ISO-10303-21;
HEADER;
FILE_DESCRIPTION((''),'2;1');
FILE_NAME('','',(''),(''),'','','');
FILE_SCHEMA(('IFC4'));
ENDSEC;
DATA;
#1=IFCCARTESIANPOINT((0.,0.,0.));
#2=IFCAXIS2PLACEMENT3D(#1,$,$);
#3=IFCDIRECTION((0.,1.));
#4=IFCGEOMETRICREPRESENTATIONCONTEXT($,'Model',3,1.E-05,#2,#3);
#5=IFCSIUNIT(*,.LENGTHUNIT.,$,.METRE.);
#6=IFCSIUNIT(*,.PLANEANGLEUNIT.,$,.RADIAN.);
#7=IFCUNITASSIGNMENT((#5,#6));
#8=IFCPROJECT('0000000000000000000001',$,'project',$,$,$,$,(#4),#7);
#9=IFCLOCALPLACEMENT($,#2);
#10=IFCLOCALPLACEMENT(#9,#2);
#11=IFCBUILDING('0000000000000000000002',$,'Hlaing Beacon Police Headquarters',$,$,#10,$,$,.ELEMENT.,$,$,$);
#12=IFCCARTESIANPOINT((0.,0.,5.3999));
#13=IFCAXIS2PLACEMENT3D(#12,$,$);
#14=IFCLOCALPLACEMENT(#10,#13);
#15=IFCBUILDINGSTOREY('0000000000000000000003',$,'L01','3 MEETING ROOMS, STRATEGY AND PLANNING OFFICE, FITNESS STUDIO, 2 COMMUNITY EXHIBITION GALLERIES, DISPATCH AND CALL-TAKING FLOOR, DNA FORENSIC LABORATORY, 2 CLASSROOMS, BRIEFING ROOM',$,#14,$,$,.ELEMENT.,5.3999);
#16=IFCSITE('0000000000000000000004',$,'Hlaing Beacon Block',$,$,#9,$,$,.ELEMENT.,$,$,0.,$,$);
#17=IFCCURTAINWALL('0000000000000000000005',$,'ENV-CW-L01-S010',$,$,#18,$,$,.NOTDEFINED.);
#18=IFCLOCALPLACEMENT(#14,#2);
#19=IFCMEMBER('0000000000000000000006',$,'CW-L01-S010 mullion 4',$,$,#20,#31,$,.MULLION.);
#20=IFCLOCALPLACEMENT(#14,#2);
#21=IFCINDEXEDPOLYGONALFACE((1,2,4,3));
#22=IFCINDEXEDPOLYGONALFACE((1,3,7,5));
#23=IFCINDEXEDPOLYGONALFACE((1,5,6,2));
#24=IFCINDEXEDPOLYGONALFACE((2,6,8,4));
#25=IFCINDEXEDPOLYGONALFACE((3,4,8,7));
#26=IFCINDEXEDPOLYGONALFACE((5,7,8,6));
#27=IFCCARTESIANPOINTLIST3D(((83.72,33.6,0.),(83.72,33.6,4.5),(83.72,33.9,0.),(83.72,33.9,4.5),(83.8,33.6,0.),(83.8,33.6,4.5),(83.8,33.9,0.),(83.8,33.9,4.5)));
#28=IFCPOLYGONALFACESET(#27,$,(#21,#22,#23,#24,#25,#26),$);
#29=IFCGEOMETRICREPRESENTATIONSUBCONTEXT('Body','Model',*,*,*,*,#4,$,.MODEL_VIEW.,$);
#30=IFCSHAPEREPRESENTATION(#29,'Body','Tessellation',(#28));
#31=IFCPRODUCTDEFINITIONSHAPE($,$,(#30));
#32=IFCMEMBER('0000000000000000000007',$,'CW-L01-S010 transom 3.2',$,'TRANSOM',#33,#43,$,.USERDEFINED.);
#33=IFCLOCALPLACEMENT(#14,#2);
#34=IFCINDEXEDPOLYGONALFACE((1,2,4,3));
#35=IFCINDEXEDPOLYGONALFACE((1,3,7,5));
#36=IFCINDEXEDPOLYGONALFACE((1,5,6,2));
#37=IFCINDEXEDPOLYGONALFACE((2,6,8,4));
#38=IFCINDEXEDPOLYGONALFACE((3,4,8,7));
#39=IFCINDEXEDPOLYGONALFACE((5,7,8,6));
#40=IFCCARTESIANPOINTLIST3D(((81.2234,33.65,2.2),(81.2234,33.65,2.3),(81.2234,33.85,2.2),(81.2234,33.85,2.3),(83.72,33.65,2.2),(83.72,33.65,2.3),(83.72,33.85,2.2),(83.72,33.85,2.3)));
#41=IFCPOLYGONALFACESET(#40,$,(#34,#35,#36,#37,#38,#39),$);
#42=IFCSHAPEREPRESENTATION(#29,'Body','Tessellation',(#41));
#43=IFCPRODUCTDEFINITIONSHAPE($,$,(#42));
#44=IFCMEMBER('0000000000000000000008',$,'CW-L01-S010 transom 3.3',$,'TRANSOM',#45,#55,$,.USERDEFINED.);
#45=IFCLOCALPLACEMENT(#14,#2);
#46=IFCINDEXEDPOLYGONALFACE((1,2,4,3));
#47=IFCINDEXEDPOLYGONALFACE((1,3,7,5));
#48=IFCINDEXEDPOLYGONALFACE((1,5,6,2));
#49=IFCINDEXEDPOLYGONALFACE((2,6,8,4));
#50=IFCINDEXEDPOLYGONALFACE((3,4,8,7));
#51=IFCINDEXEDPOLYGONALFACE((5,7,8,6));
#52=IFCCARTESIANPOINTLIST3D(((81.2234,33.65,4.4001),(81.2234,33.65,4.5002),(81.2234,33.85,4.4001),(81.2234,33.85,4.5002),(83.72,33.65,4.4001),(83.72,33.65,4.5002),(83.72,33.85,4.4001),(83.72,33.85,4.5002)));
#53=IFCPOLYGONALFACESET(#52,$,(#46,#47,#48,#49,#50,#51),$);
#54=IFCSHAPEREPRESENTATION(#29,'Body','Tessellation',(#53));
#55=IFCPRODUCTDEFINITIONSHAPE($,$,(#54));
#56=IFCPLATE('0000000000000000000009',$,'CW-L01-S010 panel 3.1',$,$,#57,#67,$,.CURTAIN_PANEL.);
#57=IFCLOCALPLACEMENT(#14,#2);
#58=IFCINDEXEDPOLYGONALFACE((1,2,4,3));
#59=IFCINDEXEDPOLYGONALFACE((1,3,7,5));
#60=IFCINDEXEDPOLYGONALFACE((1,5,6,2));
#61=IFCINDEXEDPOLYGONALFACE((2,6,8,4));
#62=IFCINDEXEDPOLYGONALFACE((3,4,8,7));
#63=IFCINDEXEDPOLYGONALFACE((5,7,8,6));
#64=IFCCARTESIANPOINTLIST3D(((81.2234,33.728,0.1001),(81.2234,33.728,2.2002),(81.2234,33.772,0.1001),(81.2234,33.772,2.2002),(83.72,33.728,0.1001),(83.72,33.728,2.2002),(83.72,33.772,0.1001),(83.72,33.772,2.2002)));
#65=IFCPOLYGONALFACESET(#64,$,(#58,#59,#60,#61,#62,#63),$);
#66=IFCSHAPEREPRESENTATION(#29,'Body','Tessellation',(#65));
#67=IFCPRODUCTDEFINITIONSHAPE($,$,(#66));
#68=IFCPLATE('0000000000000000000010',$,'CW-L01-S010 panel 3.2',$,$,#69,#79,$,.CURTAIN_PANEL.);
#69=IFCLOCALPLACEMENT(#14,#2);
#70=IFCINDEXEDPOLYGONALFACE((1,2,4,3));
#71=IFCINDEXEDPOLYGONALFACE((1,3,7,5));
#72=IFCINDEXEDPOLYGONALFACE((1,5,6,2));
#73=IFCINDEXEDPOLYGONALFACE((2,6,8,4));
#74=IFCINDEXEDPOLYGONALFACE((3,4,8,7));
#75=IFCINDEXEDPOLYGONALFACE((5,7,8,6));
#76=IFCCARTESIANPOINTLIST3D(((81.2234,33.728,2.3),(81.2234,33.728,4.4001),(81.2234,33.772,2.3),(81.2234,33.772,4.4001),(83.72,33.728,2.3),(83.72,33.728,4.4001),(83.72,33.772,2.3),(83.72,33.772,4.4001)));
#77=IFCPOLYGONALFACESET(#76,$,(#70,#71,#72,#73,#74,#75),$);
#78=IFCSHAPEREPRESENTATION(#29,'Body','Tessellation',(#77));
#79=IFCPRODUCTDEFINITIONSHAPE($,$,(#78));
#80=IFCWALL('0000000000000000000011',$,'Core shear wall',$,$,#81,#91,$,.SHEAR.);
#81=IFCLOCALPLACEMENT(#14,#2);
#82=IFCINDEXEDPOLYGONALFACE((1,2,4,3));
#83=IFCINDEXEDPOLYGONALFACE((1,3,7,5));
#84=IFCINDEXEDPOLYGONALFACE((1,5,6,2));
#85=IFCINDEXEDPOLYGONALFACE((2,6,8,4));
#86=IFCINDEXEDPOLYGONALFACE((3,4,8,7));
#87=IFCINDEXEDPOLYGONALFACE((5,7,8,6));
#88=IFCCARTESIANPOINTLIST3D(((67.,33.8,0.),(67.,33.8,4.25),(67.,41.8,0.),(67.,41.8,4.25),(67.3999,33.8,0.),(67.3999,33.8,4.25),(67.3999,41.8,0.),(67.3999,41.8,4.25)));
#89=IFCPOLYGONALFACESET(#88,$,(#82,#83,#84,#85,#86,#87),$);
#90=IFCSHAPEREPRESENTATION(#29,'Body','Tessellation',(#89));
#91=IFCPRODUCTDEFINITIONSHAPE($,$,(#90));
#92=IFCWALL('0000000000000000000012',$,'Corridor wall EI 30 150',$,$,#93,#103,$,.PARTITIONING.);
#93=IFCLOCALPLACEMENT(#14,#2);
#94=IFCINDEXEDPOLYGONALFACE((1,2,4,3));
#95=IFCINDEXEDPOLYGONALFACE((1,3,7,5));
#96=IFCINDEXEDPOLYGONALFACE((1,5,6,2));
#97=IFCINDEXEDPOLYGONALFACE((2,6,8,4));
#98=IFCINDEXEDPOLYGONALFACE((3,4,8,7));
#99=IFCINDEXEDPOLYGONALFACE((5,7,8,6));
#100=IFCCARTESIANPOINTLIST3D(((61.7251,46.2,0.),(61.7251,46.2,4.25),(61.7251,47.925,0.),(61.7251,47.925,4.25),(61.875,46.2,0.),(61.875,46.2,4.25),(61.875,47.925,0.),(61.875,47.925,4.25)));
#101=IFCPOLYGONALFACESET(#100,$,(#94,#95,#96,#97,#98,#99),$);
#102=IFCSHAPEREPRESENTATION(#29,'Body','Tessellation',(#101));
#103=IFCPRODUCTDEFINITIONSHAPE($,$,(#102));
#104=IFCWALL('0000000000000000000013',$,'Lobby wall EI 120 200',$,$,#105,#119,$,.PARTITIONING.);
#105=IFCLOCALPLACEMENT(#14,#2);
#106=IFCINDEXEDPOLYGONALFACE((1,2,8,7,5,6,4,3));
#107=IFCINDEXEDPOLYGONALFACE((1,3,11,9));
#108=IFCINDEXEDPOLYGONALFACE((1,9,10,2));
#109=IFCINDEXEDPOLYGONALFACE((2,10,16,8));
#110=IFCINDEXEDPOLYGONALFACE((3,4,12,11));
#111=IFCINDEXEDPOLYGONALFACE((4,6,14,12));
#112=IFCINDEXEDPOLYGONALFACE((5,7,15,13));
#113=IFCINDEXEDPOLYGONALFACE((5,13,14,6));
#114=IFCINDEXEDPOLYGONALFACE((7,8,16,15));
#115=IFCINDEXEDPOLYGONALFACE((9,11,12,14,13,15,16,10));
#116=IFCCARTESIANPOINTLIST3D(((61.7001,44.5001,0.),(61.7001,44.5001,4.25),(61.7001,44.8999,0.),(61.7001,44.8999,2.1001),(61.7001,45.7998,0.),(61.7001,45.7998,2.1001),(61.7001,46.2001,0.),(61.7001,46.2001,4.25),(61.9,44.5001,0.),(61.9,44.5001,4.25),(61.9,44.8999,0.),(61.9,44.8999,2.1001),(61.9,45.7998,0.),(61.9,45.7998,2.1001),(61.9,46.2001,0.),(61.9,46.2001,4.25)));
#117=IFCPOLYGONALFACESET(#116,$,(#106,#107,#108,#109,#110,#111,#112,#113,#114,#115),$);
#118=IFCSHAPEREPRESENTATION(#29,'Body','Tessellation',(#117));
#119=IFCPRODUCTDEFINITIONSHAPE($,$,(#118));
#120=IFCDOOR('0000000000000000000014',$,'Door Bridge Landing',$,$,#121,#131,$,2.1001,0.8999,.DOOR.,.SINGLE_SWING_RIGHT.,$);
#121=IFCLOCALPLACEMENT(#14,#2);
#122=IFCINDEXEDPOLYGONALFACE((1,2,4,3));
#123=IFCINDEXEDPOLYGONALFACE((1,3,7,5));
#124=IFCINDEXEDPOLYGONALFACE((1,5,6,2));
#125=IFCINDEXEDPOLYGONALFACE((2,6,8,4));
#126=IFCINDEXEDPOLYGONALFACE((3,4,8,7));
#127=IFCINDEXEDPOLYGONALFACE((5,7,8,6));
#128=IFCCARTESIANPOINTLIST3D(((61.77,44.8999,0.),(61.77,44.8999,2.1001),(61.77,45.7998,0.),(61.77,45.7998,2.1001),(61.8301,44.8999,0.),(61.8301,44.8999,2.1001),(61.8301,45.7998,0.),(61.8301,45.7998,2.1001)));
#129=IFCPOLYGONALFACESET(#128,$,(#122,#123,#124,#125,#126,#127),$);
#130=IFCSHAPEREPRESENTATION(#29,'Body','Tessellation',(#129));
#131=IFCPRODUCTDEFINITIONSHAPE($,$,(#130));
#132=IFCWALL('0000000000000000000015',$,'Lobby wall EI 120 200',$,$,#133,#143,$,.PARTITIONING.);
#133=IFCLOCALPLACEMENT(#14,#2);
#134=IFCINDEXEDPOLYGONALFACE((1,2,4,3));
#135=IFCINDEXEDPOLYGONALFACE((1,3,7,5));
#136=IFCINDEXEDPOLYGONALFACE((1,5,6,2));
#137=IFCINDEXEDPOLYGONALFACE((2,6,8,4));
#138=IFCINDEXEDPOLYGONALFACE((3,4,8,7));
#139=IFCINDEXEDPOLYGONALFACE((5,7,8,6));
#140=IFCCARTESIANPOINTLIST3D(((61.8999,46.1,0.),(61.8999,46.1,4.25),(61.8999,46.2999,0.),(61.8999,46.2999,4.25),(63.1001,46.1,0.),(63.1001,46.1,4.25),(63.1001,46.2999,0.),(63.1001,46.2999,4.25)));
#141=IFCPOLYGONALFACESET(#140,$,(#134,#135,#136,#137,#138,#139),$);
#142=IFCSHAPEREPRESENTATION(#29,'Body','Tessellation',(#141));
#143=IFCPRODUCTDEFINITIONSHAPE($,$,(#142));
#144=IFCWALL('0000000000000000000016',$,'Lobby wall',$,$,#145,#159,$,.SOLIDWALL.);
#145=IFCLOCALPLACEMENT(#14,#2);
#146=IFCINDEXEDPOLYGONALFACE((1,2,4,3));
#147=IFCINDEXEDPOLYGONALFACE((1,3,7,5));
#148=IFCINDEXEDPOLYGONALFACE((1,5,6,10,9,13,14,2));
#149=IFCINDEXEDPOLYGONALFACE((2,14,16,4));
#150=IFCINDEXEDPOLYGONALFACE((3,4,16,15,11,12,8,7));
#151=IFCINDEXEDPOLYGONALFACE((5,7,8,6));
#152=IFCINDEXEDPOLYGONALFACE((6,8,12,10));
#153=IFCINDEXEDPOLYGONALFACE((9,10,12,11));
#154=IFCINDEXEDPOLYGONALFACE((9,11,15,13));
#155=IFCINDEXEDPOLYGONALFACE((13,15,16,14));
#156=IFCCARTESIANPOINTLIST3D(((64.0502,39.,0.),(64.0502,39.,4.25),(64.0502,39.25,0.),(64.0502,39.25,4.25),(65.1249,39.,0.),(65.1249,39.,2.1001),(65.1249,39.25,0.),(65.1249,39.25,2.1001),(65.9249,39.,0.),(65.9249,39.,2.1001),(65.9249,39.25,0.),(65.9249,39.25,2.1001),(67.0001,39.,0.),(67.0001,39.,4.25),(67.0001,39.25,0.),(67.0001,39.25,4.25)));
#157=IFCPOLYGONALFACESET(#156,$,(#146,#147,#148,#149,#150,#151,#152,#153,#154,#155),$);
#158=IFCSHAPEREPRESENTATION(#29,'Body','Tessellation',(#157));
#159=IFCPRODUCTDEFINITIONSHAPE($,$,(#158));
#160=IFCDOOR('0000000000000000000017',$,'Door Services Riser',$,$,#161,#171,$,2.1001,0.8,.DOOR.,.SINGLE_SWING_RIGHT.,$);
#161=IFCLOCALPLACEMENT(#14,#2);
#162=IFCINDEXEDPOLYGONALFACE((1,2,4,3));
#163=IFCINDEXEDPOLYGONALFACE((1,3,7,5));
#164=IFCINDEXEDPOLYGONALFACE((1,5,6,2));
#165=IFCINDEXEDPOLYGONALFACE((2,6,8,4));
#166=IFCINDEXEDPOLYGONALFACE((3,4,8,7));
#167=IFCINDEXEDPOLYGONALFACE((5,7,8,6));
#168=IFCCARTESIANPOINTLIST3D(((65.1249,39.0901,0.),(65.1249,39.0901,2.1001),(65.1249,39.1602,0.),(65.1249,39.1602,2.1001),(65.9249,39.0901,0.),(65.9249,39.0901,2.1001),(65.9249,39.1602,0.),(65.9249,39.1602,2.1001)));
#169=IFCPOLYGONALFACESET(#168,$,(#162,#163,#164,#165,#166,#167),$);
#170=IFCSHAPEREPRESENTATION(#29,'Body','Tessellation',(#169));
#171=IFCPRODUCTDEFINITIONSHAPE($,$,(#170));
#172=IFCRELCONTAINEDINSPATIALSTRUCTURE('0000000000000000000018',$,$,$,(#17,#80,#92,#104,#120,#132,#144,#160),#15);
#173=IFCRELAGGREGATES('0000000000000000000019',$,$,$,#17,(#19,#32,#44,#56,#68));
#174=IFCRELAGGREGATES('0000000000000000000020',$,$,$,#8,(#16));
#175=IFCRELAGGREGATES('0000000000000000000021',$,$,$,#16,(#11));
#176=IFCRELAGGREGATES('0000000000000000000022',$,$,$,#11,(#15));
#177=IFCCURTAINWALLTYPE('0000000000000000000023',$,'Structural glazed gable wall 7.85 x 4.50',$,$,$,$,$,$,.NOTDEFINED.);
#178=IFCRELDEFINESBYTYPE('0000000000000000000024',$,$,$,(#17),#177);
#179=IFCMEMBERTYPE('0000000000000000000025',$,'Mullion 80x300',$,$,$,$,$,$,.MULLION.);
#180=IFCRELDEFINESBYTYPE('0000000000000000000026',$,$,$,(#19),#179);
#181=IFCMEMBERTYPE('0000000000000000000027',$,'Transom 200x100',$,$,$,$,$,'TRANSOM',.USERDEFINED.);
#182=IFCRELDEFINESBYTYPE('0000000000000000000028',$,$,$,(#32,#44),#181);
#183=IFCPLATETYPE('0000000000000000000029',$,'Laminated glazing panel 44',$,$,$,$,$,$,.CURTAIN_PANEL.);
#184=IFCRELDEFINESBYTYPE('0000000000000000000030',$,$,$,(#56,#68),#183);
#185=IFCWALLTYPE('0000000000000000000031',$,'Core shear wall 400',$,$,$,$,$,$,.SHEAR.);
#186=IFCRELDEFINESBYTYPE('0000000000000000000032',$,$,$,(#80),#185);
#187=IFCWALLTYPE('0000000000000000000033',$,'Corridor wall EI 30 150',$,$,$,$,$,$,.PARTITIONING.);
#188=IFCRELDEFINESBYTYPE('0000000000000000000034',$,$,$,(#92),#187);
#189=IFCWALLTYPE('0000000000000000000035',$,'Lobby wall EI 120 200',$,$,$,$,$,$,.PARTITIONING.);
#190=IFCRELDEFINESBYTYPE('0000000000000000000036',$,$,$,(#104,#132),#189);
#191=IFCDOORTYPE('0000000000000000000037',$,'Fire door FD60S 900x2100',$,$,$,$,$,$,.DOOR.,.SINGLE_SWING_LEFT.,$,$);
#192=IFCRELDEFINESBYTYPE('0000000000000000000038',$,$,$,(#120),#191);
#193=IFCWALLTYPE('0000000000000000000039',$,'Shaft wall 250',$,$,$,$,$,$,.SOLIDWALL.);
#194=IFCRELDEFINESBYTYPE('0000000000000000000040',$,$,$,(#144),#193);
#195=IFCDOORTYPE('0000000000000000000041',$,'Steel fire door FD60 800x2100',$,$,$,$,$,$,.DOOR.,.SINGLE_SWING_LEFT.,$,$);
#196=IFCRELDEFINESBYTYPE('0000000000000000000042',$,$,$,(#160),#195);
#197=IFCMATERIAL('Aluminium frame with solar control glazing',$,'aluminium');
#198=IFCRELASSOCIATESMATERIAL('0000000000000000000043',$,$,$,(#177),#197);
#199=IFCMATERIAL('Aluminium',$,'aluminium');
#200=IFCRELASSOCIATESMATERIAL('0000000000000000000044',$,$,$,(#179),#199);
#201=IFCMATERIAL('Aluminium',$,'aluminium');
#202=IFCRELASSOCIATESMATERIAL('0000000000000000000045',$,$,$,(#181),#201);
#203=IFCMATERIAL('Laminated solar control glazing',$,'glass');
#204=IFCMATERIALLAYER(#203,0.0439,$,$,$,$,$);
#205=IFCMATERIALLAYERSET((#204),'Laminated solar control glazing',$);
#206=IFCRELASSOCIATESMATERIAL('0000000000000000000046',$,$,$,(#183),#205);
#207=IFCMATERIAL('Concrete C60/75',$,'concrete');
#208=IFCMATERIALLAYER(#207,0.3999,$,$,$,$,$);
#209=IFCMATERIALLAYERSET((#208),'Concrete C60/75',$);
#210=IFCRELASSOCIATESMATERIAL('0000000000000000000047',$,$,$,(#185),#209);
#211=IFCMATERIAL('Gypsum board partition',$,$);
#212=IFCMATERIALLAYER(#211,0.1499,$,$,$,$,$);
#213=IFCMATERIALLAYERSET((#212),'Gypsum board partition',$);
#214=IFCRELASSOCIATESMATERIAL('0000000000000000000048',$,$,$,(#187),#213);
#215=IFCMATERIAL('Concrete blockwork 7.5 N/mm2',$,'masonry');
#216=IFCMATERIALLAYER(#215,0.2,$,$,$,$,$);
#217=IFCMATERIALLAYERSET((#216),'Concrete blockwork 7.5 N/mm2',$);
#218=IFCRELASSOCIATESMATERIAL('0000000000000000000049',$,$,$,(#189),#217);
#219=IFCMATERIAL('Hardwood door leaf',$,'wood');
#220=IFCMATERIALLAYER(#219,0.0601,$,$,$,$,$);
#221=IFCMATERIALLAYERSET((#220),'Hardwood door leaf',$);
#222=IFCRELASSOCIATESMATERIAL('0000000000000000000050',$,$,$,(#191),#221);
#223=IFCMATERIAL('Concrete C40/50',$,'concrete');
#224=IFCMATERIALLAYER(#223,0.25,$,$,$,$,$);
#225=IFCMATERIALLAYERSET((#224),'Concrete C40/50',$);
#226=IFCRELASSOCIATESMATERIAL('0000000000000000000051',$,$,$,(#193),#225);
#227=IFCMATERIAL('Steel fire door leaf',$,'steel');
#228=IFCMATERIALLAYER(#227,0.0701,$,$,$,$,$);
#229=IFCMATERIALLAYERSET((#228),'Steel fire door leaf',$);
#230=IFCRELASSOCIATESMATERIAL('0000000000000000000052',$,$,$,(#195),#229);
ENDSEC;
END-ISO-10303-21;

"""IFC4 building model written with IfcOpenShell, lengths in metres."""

from ifc_helpers import new_model, si_unit, direction, frame, frame_2d, origin, origin_2d, place, context, subcontext, project, spatial, rectangle, extrude, material, layer, layer_set, material_profile, profile_set, type_object, element, fill, aggregate, save


model = new_model("IFC4")

# Units and contexts
model_context = context("Model", 3, precision=1e-05, world=origin(), true_north=direction((0.0, 1.0)))
body_context = subcontext(model_context, "Body", "Model", "MODEL_VIEW")
ifc_project = project(units=[si_unit("LENGTHUNIT", "METRE"), si_unit("PLANEANGLEUNIT", "RADIAN")], contexts=[model_context])

# Site, building, storey
site_placement = place(None, origin())
site = spatial("IfcSite", under=ifc_project, at=site_placement, Name="Hlaing Beacon Block", CompositionType="ELEMENT", RefElevation=0.0)
building_placement = place(site_placement, origin())
building = spatial("IfcBuilding", under=site, at=building_placement, Name="Hlaing Beacon Police Headquarters", CompositionType="ELEMENT")
storey_placement = place(building_placement, frame((0.0, 0.0, 5.3999)))
storey = spatial("IfcBuildingStorey", under=building, at=storey_placement, Name="L01", Description="3 MEETING ROOMS, STRATEGY AND PLANNING OFFICE, FITNESS STUDIO, 2 COMMUNITY EXHIBITION GALLERIES, DISPATCH AND CALL-TAKING FLOOR, DNA FORENSIC LABORATORY, 2 CLASSROOMS, BRIEFING ROOM", CompositionType="ELEMENT", Elevation=5.3999)

# Curtain wall, members, plates
ifc_material_1 = material(Name="Aluminium frame with solar control glazing", Category="aluminium")
curtain_wall_type = type_object("IfcCurtainWallType", Name="Structural glazed gable wall 7.85 x 4.50", PredefinedType="NOTDEFINED", material=ifc_material_1)
curtain_wall_placement = place(storey_placement, origin())
curtain_wall = element("IfcCurtainWall", 1, at=curtain_wall_placement, inside=storey, type_object=curtain_wall_type, Name="ENV-CW-L01-S010", PredefinedType="NOTDEFINED")
ifc_material_2 = material(Name="Aluminium", Category="aluminium")
ifc_material_profile_1 = material_profile(ifc_material_2, rectangle(XDim=0.3, YDim=0.0801, at=origin_2d()), Name="Mullion 80x300")
ifc_profile_set_1 = profile_set([ifc_material_profile_1], Name="Aluminium")
member_type_1 = type_object("IfcMemberType", Name="Mullion 80x300", PredefinedType="MULLION", material=ifc_profile_set_1)
member_1_placement = place(storey_placement, frame((83.76, 33.75, 0.0), z_axis=(0.0, 0.0, 1.0), x_axis=(0.0, 1.0, 0.0)))
member_1 = element("IfcMember", 2, at=member_1_placement, type_object=member_type_1, Name="CW-L01-S010 mullion 4", PredefinedType="MULLION", context=body_context, shape_type="SweptSolid", body=[
    extrude(rectangle(XDim=0.3, YDim=0.0801, at=origin_2d()), origin(), (0.0, 0.0, 1.0), 4.5),
])
ifc_material_3 = material(Name="Aluminium", Category="aluminium")
ifc_material_profile_2 = material_profile(ifc_material_3, rectangle(XDim=0.2, YDim=0.1001, at=origin_2d()), Name="Transom 200x100")
ifc_profile_set_2 = profile_set([ifc_material_profile_2], Name="Aluminium")
member_type_2 = type_object("IfcMemberType", Name="Transom 200x100", ElementType="TRANSOM", PredefinedType="USERDEFINED", material=ifc_profile_set_2)
member_2_placement = place(storey_placement, frame((81.2234, 33.75, 2.25), z_axis=(1.0, 0.0, 0.0), x_axis=(0.0, 1.0, 0.0)))
member_2 = element("IfcMember", 3, at=member_2_placement, type_object=member_type_2, Name="CW-L01-S010 transom 3.2", ObjectType="TRANSOM", PredefinedType="USERDEFINED", context=body_context, shape_type="SweptSolid", body=[
    extrude(rectangle(XDim=0.2, YDim=0.1001, at=origin_2d()), origin(), (0.0, 0.0, 1.0), 2.4966),
])
member_3_placement = place(storey_placement, frame((81.2234, 33.75, 4.4502), z_axis=(1.0, 0.0, 0.0), x_axis=(0.0, 1.0, 0.0)))
member_3 = element("IfcMember", 4, at=member_3_placement, type_object=member_type_2, Name="CW-L01-S010 transom 3.3", ObjectType="TRANSOM", PredefinedType="USERDEFINED", context=body_context, shape_type="SweptSolid", body=[
    extrude(rectangle(XDim=0.2, YDim=0.1001, at=origin_2d()), origin(), (0.0, 0.0, 1.0), 2.4966),
])
ifc_material_4 = material(Name="Laminated solar control glazing", Category="glass")
ifc_layer_1 = layer(ifc_material_4, 0.0439)
ifc_layer_set_1 = layer_set([ifc_layer_1], Name="Laminated solar control glazing")
plate_type = type_object("IfcPlateType", Name="Laminated glazing panel 44", PredefinedType="CURTAIN_PANEL", material=ifc_layer_set_1)
plate_1_placement = place(storey_placement, frame((82.4717, 33.75, 0.1001), z_axis=(0.0, 0.0, 1.0), x_axis=(1.0, 0.0, 0.0)))
plate_1 = element("IfcPlate", 5, at=plate_1_placement, type_object=plate_type, Name="CW-L01-S010 panel 3.1", PredefinedType="CURTAIN_PANEL", context=body_context, shape_type="SweptSolid", body=[
    extrude(rectangle(XDim=2.4966, YDim=0.0439, at=origin_2d()), origin(), (0.0, 0.0, 1.0), 2.1001),
])
plate_2_placement = place(storey_placement, frame((82.4717, 33.75, 2.3), z_axis=(0.0, 0.0, 1.0), x_axis=(1.0, 0.0, 0.0)))
plate_2 = element("IfcPlate", 6, at=plate_2_placement, type_object=plate_type, Name="CW-L01-S010 panel 3.2", PredefinedType="CURTAIN_PANEL", context=body_context, shape_type="SweptSolid", body=[
    extrude(rectangle(XDim=2.4966, YDim=0.0439, at=origin_2d()), origin(), (0.0, 0.0, 1.0), 2.1001),
])
aggregate(curtain_wall, [member_1, member_2, member_3, plate_1, plate_2])

# Walls
ifc_material_5 = material(Name="Concrete C60/75", Category="concrete")
ifc_layer_2 = layer(ifc_material_5, 0.3999)
ifc_layer_set_2 = layer_set([ifc_layer_2], Name="Concrete C60/75")
wall_type_1 = type_object("IfcWallType", Name="Core shear wall 400", PredefinedType="SHEAR", material=ifc_layer_set_2)
wall_1_placement = place(storey_placement, frame((67.2, 33.8, 0.0), z_axis=(0.0, 0.0, 1.0), x_axis=(0.0, 1.0, 0.0)))
element("IfcWall", 7, at=wall_1_placement, inside=storey, type_object=wall_type_1, Name="Core shear wall", PredefinedType="SHEAR", context=body_context, shape_type="SweptSolid", body=[
    extrude(rectangle(XDim=8.0, YDim=0.3999, at=frame_2d((4.0, 0.0))), origin(), (0.0, 0.0, 1.0), 4.25),
])
ifc_material_6 = material(Name="Gypsum board partition")
ifc_layer_3 = layer(ifc_material_6, 0.1499)
ifc_layer_set_3 = layer_set([ifc_layer_3], Name="Gypsum board partition")
wall_type_2 = type_object("IfcWallType", Name="Corridor wall EI 30 150", PredefinedType="PARTITIONING", material=ifc_layer_set_3)
wall_2_placement = place(storey_placement, frame((61.8, 46.2, 0.0), z_axis=(0.0, 0.0, 1.0), x_axis=(0.0, 1.0, 0.0)))
element("IfcWall", 8, at=wall_2_placement, inside=storey, type_object=wall_type_2, Name="Corridor wall EI 30 150", PredefinedType="PARTITIONING", context=body_context, shape_type="SweptSolid", body=[
    extrude(rectangle(XDim=1.7251, YDim=0.1499, at=frame_2d((0.8625, 0.0))), origin(), (0.0, 0.0, 1.0), 4.25),
])

# Wall, opening, door
ifc_material_7 = material(Name="Concrete blockwork 7.5 N/mm2", Category="masonry")
ifc_layer_4 = layer(ifc_material_7, 0.2)
ifc_layer_set_4 = layer_set([ifc_layer_4], Name="Concrete blockwork 7.5 N/mm2")
wall_type_3 = type_object("IfcWallType", Name="Lobby wall EI 120 200", PredefinedType="PARTITIONING", material=ifc_layer_set_4)
wall_3_placement = place(storey_placement, frame((61.8, 44.5, 0.0), z_axis=(0.0, 0.0, 1.0), x_axis=(0.0, 1.0, 0.0)))
wall_3 = element("IfcWall", 9, at=wall_3_placement, inside=storey, type_object=wall_type_3, Name="Lobby wall EI 120 200", PredefinedType="PARTITIONING", context=body_context, shape_type="SweptSolid", body=[
    extrude(rectangle(XDim=1.7, YDim=0.2, at=frame_2d((0.8501, 0.0))), origin(), (0.0, 0.0, 1.0), 4.25),
])
opening_1_placement = place(wall_3_placement, frame((0.3999, 0.0, 0.0)))
opening_1 = element("IfcOpeningElement", 10, at=opening_1_placement, cuts=wall_3, PredefinedType="OPENING", context=body_context, shape_type="SweptSolid", body=[
    extrude(rectangle(XDim=0.8999, YDim=2.1001, at=frame_2d((0.45, 1.05))), frame((0.0, 0.1099, 0.0), z_axis=(0.0, -1.0, 0.0), x_axis=(1.0, 0.0, 0.0)), (0.0, 0.0, 1.0), 0.22),
])
ifc_material_8 = material(Name="Hardwood door leaf", Category="wood")
ifc_layer_5 = layer(ifc_material_8, 0.0601)
ifc_layer_set_5 = layer_set([ifc_layer_5], Name="Hardwood door leaf")
door_type_1 = type_object("IfcDoorType", Name="Fire door FD60S 900x2100", OperationType="SINGLE_SWING_LEFT", PredefinedType="DOOR", material=ifc_layer_set_5)
door_1_placement = place(opening_1_placement, origin())
door_1 = element("IfcDoor", 11, at=door_1_placement, inside=storey, type_object=door_type_1, Name="Door Bridge Landing", OperationType="SINGLE_SWING_RIGHT", OverallHeight=2.1001, OverallWidth=0.8999, PredefinedType="DOOR", context=body_context, shape_type="SweptSolid", body=[
    extrude(rectangle(XDim=0.8999, YDim=2.1001, at=frame_2d((0.45, 1.05))), frame((0.0, 0.03, 0.0), z_axis=(0.0, -1.0, 0.0), x_axis=(1.0, 0.0, 0.0)), (0.0, 0.0, 1.0), 0.0601),
])
fill(opening_1, door_1)

# Wall
wall_4_placement = place(storey_placement, frame((61.8999, 46.2, 0.0), z_axis=(0.0, 0.0, 1.0), x_axis=(1.0, 0.0, 0.0)))
element("IfcWall", 12, at=wall_4_placement, inside=storey, type_object=wall_type_3, Name="Lobby wall EI 120 200", PredefinedType="PARTITIONING", context=body_context, shape_type="SweptSolid", body=[
    extrude(rectangle(XDim=1.2002, YDim=0.2, at=frame_2d((0.6001, 0.0))), origin(), (0.0, 0.0, 1.0), 4.25),
])

# Wall, opening, door
ifc_material_9 = material(Name="Concrete C40/50", Category="concrete")
ifc_layer_6 = layer(ifc_material_9, 0.25)
ifc_layer_set_6 = layer_set([ifc_layer_6], Name="Concrete C40/50")
wall_type_4 = type_object("IfcWallType", Name="Shaft wall 250", PredefinedType="SOLIDWALL", material=ifc_layer_set_6)
wall_5_placement = place(storey_placement, frame((64.05, 39.125, 0.0), z_axis=(0.0, 0.0, 1.0), x_axis=(1.0, 0.0, 0.0)))
wall_5 = element("IfcWall", 13, at=wall_5_placement, inside=storey, type_object=wall_type_4, Name="Lobby wall", PredefinedType="SOLIDWALL", context=body_context, shape_type="SweptSolid", body=[
    extrude(rectangle(XDim=2.95, YDim=0.25, at=frame_2d((1.4751, 0.0))), origin(), (0.0, 0.0, 1.0), 4.25),
])
opening_2_placement = place(wall_5_placement, frame((1.075, 0.0, 0.0)))
opening_2 = element("IfcOpeningElement", 14, at=opening_2_placement, cuts=wall_5, PredefinedType="OPENING", context=body_context, shape_type="SweptSolid", body=[
    extrude(rectangle(XDim=0.8, YDim=2.1001, at=frame_2d((0.3999, 1.05))), frame((0.0, 0.135, 0.0), z_axis=(0.0, -1.0, 0.0), x_axis=(1.0, 0.0, 0.0)), (0.0, 0.0, 1.0), 0.27),
])
ifc_material_10 = material(Name="Steel fire door leaf", Category="steel")
ifc_layer_7 = layer(ifc_material_10, 0.0701)
ifc_layer_set_7 = layer_set([ifc_layer_7], Name="Steel fire door leaf")
door_type_2 = type_object("IfcDoorType", Name="Steel fire door FD60 800x2100", OperationType="SINGLE_SWING_LEFT", PredefinedType="DOOR", material=ifc_layer_set_7)
door_2_placement = place(opening_2_placement, origin())
door_2 = element("IfcDoor", 15, at=door_2_placement, inside=storey, type_object=door_type_2, Name="Door Services Riser", OperationType="SINGLE_SWING_RIGHT", OverallHeight=2.1001, OverallWidth=0.8, PredefinedType="DOOR", context=body_context, shape_type="SweptSolid", body=[
    extrude(rectangle(XDim=0.8, YDim=2.1001, at=frame_2d((0.3999, 1.05))), frame((0.0, 0.0352, 0.0), z_axis=(0.0, -1.0, 0.0), x_axis=(1.0, 0.0, 0.0)), (0.0, 0.0, 1.0), 0.0701),
])
fill(opening_2, door_2)

save(model, "model.ifc")
